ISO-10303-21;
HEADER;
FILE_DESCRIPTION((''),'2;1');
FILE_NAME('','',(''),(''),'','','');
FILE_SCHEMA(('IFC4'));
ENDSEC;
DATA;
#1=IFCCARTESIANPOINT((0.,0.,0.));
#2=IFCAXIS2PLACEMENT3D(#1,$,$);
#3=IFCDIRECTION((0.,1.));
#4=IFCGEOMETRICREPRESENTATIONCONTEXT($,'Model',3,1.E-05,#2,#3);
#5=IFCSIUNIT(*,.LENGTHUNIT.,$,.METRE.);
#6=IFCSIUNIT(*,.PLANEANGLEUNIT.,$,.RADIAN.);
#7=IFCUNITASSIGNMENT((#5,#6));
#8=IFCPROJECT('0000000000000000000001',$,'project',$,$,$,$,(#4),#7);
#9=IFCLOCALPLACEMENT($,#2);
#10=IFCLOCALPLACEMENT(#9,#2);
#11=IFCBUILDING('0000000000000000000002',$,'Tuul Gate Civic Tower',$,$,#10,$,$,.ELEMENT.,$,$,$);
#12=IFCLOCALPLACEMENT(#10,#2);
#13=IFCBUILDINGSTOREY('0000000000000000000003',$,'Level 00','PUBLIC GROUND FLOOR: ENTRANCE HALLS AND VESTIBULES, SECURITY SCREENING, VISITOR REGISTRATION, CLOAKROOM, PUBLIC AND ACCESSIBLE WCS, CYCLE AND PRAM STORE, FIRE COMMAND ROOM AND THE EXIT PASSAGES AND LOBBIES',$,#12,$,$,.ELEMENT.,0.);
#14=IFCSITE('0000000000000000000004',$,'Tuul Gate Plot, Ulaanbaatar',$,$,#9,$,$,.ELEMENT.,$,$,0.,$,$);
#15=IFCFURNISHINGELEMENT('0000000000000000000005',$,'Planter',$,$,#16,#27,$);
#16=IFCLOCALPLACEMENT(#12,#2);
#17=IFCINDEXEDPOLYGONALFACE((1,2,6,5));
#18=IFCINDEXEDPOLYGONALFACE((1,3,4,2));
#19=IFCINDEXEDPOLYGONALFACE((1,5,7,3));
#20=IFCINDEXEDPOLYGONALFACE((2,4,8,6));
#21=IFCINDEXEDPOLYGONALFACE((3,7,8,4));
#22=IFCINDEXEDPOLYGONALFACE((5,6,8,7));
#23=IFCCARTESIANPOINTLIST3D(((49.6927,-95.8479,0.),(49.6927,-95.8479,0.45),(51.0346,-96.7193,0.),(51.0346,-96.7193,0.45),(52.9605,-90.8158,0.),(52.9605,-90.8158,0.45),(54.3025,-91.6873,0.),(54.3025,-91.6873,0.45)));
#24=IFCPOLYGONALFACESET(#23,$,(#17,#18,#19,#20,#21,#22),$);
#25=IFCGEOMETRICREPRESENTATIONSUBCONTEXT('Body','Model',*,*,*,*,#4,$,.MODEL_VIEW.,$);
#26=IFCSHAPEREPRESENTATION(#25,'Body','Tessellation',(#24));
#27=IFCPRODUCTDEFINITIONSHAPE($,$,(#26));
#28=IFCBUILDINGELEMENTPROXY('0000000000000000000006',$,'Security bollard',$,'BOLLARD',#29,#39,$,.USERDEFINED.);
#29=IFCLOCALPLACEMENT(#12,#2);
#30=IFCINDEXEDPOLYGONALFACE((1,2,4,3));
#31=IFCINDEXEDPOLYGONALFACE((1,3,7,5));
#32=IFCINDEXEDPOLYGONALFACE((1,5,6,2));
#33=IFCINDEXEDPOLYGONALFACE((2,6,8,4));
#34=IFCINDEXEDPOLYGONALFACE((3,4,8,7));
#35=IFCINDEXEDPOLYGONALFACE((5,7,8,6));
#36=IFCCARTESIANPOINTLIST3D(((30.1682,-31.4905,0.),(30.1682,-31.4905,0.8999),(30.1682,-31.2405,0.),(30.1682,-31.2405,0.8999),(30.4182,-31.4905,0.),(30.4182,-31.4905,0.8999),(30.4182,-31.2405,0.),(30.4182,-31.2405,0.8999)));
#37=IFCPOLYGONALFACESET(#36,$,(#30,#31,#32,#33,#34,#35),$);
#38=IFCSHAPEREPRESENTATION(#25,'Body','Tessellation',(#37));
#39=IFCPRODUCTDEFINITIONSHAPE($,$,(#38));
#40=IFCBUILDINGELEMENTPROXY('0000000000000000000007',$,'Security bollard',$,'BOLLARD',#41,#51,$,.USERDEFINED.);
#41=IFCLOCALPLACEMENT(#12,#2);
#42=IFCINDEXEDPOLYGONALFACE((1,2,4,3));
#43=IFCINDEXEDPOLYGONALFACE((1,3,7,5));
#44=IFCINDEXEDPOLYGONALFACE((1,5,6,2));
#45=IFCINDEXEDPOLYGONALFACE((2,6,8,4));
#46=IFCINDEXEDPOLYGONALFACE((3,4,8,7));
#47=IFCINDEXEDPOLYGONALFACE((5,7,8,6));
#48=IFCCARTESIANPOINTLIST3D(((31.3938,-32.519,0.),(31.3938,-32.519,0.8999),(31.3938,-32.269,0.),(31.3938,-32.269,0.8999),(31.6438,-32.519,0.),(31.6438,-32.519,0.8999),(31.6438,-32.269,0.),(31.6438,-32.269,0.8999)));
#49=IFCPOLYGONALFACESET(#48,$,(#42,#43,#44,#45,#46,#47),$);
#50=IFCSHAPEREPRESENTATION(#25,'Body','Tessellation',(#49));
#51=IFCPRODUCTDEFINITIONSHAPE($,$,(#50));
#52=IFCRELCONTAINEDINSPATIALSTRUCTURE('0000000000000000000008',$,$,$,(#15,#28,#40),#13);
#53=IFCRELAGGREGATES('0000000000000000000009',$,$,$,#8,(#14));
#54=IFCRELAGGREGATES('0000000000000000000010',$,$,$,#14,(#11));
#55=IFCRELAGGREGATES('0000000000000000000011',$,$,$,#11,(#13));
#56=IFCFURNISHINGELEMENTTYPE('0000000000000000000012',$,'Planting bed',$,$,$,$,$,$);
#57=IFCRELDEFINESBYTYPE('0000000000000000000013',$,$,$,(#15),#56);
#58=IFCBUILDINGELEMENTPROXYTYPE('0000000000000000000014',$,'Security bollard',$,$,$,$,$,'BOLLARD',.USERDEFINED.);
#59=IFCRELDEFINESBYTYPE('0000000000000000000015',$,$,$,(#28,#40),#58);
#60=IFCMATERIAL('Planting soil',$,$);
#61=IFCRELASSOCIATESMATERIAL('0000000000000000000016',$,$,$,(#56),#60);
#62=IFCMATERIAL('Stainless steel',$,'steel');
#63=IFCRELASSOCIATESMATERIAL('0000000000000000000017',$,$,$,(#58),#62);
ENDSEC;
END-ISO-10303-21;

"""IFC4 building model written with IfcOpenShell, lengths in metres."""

from ifc_helpers import new_model, si_unit, direction, frame, origin, origin_2d, place, context, subcontext, project, spatial, rectangle, extrude, material, type_object, element, save


model = new_model("IFC4")

# Units and contexts
model_context = context("Model", 3, precision=1e-05, world=origin(), true_north=direction((0.0, 1.0)))
body_context = subcontext(model_context, "Body", "Model", "MODEL_VIEW")
ifc_project = project(units=[si_unit("LENGTHUNIT", "METRE"), si_unit("PLANEANGLEUNIT", "RADIAN")], contexts=[model_context])

# Site, building, storey
site_placement = place(None, origin())
site = spatial("IfcSite", under=ifc_project, at=site_placement, Name="Tuul Gate Plot, Ulaanbaatar", CompositionType="ELEMENT", RefElevation=0.0)
building_placement = place(site_placement, origin())
building = spatial("IfcBuilding", under=site, at=building_placement, Name="Tuul Gate Civic Tower", CompositionType="ELEMENT")
storey_placement = place(building_placement, origin())
storey = spatial("IfcBuildingStorey", under=building, at=storey_placement, Name="Level 00", Description="PUBLIC GROUND FLOOR: ENTRANCE HALLS AND VESTIBULES, SECURITY SCREENING, VISITOR REGISTRATION, CLOAKROOM, PUBLIC AND ACCESSIBLE WCS, CYCLE AND PRAM STORE, FIRE COMMAND ROOM AND THE EXIT PASSAGES AND LOBBIES", CompositionType="ELEMENT", Elevation=0.0)

# Furnishing element
ifc_material_1 = material(Name="Planting soil")
furnishing_element_type = type_object("IfcFurnishingElementType", Name="Planting bed", material=ifc_material_1)
furnishing_placement = place(storey_placement, frame((51.9976, -93.7676, 0.0), z_axis=(0.0, 0.0, 1.0), x_axis=(0.544639, 0.838671, 0.0)))
element("IfcFurnishingElement", 1, at=furnishing_placement, inside=storey, type_object=furnishing_element_type, Name="Planter", context=body_context, shape_type="SweptSolid", body=[
    extrude(rectangle(XDim=6.0, YDim=1.6001, at=origin_2d()), origin(), (0.0, 0.0, 1.0), 0.45),
])

# Building element proxies
ifc_material_2 = material(Name="Stainless steel", Category="steel")
building_element_proxy_type = type_object("IfcBuildingElementProxyType", Name="Security bollard", ElementType="BOLLARD", PredefinedType="USERDEFINED", material=ifc_material_2)
for number, where, z_axis, x_axis, name in (
    (2, (30.2932, -31.3655, 0.0), (0.0, 0.0, 1.0), (1.0, 0.0, 0.0), "Security bollard"),
    (3, (31.5188, -32.394, 0.0), (0.0, 0.0, 1.0), (1.0, 0.0, 0.0), "Security bollard"),
):
    element("IfcBuildingElementProxy", number, at=place(storey_placement, frame(where, z_axis=z_axis, x_axis=x_axis)), inside=storey, type_object=building_element_proxy_type, Name=name, ObjectType="BOLLARD", PredefinedType="USERDEFINED", context=body_context, shape_type="SweptSolid", body=[
        extrude(rectangle(XDim=0.25, YDim=0.25, at=origin_2d()), origin(), (0.0, 0.0, 1.0), 0.8999),
    ])

save(model, "model.ifc")
